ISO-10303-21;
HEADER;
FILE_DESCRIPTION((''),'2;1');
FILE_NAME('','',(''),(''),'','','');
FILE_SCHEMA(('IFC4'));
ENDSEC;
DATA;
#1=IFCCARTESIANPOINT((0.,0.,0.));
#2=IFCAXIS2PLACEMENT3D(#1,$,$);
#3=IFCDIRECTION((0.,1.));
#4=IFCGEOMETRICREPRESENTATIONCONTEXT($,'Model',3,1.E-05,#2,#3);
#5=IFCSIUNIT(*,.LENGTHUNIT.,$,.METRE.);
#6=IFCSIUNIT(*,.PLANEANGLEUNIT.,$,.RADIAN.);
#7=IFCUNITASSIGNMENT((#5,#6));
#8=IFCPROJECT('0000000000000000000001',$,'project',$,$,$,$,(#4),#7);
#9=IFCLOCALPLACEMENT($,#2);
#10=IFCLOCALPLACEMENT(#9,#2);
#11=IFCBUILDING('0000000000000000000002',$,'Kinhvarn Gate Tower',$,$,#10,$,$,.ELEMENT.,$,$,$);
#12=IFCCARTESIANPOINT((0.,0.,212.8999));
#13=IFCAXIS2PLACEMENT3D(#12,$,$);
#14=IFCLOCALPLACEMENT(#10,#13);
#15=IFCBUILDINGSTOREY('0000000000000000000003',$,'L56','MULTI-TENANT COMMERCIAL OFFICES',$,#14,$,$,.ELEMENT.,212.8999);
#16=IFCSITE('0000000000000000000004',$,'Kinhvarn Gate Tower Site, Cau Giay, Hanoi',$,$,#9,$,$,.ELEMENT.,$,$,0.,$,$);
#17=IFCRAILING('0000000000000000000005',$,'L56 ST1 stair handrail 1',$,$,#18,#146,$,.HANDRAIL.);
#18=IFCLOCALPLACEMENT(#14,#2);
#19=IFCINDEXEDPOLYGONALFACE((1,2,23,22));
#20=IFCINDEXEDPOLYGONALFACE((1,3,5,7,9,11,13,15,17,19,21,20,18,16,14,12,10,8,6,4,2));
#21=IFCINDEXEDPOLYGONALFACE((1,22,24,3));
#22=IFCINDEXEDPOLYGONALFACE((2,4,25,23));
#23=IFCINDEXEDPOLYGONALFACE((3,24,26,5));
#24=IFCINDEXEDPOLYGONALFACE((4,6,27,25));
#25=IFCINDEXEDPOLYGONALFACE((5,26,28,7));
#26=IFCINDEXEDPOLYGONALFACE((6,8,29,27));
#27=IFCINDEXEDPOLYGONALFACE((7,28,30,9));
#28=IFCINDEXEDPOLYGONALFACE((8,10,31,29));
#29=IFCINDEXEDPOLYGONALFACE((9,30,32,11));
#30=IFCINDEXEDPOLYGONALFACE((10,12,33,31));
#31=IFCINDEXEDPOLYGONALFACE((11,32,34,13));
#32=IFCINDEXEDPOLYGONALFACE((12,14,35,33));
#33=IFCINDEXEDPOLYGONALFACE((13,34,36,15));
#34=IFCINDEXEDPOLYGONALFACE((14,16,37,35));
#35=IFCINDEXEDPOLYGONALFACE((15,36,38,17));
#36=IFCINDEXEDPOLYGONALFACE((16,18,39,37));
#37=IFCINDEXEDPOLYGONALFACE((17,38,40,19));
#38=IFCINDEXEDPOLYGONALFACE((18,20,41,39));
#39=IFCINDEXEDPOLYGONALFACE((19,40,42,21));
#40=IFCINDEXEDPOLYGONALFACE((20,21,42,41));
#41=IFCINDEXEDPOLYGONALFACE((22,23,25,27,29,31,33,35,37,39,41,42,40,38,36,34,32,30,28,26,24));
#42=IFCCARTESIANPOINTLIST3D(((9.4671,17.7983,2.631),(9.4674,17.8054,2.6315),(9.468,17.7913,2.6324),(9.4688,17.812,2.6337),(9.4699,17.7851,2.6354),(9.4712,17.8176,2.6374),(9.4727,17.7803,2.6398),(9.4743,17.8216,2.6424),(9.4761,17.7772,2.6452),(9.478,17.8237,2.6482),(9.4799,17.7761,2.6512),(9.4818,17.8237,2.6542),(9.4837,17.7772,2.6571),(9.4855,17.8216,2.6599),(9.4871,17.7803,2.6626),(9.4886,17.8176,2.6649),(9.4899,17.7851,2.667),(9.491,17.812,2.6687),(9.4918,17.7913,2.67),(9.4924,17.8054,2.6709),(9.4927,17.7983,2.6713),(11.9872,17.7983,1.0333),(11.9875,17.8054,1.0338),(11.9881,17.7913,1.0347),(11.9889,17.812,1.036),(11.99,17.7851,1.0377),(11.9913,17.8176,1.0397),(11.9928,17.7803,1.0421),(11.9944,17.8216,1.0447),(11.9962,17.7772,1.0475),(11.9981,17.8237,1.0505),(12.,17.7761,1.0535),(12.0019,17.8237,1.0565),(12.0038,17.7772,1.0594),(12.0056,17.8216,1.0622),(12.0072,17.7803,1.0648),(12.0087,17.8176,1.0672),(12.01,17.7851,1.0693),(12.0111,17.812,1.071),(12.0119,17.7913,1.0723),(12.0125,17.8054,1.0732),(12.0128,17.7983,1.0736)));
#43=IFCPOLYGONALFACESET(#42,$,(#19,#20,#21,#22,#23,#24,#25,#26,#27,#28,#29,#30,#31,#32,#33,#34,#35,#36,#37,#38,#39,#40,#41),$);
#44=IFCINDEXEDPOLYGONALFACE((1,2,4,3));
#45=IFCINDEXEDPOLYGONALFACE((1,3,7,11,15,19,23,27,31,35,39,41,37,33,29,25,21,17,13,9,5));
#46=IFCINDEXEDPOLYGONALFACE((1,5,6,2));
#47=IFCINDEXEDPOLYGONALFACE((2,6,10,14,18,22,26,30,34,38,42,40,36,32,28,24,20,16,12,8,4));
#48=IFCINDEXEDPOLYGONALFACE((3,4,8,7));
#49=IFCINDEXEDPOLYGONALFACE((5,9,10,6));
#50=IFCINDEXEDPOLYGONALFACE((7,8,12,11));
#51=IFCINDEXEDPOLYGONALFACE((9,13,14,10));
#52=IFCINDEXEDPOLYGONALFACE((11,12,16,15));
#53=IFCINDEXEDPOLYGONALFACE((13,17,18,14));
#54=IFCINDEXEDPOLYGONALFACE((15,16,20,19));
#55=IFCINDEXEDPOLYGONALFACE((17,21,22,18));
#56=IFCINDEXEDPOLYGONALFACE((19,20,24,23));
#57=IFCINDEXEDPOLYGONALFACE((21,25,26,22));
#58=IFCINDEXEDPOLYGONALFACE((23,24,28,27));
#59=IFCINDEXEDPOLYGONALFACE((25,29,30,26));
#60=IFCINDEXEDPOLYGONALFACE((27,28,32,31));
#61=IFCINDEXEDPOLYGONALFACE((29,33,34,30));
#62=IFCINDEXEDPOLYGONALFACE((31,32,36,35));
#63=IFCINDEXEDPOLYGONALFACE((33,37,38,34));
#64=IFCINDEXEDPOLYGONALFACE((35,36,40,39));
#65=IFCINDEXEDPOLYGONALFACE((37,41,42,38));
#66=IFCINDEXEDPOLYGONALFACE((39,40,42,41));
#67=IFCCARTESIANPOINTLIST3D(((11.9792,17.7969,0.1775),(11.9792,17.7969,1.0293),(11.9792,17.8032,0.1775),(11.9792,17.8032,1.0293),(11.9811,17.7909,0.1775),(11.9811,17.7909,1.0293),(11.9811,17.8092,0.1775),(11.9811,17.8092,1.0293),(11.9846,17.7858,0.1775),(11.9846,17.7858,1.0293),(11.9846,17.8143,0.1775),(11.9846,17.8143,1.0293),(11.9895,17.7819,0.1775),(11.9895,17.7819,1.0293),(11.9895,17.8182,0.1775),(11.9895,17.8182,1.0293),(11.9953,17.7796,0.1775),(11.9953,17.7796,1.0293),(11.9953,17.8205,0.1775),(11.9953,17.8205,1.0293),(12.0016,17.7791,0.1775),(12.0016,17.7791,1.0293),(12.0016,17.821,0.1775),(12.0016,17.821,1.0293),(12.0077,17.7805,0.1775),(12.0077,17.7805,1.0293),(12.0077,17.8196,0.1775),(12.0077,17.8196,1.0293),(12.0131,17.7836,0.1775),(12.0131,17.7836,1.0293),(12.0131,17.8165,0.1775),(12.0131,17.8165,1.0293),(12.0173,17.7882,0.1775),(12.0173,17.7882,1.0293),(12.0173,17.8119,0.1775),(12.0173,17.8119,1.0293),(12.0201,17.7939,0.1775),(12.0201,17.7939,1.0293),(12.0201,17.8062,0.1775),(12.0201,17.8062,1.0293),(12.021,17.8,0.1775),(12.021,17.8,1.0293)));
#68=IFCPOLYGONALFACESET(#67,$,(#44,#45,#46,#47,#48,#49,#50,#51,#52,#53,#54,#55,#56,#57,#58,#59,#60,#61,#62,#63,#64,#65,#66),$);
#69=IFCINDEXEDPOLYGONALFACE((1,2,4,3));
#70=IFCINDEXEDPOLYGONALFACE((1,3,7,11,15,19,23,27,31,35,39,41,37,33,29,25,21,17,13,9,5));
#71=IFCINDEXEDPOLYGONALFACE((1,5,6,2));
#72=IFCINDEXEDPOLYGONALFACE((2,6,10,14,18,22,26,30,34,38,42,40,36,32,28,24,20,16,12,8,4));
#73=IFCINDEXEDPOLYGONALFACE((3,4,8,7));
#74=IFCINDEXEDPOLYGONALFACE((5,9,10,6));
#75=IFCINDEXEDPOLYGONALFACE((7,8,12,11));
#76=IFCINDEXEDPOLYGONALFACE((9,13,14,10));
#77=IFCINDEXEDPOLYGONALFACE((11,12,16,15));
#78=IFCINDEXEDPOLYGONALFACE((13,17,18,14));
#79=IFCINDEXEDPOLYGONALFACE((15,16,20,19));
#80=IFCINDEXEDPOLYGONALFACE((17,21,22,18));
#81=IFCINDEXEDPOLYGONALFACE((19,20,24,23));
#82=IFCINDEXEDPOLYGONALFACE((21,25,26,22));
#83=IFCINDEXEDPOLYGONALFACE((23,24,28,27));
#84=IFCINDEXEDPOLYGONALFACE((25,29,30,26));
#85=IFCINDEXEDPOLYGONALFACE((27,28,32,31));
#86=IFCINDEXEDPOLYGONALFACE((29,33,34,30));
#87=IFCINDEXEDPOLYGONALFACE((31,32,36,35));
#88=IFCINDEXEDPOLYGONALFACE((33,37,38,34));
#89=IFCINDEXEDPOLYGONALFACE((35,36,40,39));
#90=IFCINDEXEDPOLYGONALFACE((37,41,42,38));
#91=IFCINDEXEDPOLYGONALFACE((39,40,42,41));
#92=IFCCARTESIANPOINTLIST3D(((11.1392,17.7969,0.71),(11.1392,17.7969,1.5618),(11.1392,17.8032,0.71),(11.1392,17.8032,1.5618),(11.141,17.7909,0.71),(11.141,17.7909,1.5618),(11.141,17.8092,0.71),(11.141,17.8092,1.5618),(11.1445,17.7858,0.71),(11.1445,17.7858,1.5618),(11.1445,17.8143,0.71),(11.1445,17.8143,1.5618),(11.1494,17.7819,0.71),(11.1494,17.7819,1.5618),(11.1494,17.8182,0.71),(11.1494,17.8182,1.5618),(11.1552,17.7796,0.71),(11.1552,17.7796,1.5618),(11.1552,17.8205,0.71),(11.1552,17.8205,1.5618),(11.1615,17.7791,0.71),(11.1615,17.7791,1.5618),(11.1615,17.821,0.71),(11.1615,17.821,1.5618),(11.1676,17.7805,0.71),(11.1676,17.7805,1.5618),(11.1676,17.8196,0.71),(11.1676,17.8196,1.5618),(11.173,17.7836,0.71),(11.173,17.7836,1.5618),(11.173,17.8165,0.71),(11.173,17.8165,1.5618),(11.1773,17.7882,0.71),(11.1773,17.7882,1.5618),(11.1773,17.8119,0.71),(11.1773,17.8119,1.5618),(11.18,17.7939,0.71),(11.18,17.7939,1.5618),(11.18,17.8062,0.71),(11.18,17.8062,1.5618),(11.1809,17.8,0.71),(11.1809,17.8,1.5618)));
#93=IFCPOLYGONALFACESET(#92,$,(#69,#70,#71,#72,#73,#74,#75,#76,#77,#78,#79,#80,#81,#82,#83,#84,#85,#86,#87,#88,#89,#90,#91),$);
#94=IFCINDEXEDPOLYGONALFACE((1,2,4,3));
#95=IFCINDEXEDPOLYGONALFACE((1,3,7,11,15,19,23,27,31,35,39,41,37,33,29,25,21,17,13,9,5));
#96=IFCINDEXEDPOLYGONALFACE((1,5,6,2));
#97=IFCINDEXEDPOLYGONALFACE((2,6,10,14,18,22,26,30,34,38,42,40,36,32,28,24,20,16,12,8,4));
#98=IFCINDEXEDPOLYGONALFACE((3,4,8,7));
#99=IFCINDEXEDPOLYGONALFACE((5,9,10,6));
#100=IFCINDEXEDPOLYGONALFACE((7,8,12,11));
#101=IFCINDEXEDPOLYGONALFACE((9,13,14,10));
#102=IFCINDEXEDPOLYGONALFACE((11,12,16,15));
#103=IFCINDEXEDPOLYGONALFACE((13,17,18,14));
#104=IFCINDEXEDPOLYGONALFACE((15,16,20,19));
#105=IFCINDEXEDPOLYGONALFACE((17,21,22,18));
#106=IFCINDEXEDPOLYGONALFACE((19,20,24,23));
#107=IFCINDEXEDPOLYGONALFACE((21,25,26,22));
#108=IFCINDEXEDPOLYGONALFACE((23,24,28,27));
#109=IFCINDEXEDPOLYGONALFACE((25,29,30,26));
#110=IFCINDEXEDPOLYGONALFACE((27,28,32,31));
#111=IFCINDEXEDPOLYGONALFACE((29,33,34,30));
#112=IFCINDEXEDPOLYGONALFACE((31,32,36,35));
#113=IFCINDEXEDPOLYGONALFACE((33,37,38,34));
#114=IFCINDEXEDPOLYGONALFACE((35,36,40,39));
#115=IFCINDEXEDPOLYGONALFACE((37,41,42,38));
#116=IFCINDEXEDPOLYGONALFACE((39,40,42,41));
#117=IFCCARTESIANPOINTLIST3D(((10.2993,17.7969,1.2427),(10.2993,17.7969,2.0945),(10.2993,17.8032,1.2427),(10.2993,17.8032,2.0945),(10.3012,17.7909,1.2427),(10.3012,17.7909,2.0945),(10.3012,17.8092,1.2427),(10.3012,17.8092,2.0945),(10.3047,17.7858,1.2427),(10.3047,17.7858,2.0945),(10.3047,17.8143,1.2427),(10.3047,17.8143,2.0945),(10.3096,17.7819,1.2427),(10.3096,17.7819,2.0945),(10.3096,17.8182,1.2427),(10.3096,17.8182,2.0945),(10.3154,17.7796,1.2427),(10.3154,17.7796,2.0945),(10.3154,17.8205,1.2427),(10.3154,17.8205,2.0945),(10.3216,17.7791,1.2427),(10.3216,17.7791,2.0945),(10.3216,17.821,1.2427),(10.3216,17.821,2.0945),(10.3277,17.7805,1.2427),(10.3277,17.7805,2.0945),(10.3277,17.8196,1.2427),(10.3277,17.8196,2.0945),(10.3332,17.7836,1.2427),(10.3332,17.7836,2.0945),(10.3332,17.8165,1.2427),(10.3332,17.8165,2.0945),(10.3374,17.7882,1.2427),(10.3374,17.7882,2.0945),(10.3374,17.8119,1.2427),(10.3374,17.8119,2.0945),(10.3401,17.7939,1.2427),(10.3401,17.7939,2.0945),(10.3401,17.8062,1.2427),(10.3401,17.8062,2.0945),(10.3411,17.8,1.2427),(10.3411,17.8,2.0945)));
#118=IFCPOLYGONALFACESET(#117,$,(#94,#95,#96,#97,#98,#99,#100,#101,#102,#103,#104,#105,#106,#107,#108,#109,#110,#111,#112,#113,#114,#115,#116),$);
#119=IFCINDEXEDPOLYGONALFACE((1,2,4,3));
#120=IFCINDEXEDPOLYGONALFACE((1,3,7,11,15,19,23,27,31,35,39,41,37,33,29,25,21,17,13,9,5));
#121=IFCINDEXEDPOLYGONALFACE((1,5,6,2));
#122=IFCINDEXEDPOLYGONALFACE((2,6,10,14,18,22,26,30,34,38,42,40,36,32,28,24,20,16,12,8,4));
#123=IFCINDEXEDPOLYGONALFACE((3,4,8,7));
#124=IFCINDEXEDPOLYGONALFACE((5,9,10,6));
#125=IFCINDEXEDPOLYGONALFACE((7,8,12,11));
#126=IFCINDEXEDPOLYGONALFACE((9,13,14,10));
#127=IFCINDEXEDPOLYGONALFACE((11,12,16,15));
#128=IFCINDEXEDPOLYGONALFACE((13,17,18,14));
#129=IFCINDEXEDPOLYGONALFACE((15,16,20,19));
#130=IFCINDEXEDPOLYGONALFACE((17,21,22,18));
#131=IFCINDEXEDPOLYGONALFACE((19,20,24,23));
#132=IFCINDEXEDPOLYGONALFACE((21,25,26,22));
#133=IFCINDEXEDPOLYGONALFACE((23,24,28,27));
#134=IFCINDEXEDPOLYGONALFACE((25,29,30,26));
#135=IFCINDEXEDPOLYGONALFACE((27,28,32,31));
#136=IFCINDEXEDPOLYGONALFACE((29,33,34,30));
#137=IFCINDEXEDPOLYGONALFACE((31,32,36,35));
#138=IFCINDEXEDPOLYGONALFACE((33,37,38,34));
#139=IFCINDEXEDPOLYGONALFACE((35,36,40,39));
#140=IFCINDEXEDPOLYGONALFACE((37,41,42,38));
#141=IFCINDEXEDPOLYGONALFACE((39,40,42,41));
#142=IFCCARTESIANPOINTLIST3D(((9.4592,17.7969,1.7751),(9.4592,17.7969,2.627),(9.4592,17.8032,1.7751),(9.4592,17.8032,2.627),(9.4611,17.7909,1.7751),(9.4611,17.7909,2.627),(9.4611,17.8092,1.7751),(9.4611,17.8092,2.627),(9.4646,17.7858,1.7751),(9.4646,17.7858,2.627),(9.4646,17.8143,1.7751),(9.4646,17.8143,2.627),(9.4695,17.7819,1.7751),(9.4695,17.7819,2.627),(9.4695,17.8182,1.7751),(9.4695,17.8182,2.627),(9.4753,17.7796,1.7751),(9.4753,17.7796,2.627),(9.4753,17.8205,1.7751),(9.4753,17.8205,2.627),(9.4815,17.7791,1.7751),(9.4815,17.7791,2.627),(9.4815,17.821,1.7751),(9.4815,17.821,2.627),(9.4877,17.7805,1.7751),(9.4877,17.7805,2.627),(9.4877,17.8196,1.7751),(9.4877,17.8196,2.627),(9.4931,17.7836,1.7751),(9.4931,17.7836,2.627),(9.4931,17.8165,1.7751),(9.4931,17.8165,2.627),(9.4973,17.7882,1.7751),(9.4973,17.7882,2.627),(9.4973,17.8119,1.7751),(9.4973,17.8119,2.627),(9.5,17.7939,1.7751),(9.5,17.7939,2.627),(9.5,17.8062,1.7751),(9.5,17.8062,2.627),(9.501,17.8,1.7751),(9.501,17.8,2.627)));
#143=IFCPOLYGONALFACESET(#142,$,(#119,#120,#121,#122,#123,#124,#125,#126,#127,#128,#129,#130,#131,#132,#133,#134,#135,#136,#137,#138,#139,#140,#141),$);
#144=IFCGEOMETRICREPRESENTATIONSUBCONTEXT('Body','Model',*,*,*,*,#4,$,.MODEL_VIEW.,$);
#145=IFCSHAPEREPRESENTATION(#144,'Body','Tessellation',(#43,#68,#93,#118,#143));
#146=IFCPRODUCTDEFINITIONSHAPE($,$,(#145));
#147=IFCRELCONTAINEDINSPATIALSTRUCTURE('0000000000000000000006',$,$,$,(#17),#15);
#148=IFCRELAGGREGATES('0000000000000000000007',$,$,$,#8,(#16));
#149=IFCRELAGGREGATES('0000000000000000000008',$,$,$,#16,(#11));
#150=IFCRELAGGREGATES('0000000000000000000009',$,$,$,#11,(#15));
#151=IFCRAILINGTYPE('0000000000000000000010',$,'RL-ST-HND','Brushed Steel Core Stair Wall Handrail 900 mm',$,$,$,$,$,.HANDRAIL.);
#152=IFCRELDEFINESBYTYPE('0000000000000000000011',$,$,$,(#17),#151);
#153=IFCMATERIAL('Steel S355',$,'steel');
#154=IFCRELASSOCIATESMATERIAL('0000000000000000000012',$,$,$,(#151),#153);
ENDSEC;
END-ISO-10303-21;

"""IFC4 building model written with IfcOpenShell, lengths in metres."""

from ifc_helpers import new_model, si_unit, direction, frame, origin, origin_2d, place, context, subcontext, project, spatial, circle, extrude, material, type_object, element, save


model = new_model("IFC4")

# Units and contexts
model_context = context("Model", 3, precision=1e-05, world=origin(), true_north=direction((0.0, 1.0)))
body_context = subcontext(model_context, "Body", "Model", "MODEL_VIEW")
ifc_project = project(units=[si_unit("LENGTHUNIT", "METRE"), si_unit("PLANEANGLEUNIT", "RADIAN")], contexts=[model_context])

# Site, building, storey
site_placement = place(None, origin())
site = spatial("IfcSite", under=ifc_project, at=site_placement, Name="Kinhvarn Gate Tower Site, Cau Giay, Hanoi", CompositionType="ELEMENT", RefElevation=0.0)
building_placement = place(site_placement, origin())
building = spatial("IfcBuilding", under=site, at=building_placement, Name="Kinhvarn Gate Tower", CompositionType="ELEMENT")
storey_placement = place(building_placement, frame((0.0, 0.0, 212.8999)))
storey = spatial("IfcBuildingStorey", under=building, at=storey_placement, Name="L56", Description="MULTI-TENANT COMMERCIAL OFFICES", CompositionType="ELEMENT", Elevation=212.8999)

# Shared definitions
ifc_material_1 = material(Name="Steel S355", Category="steel")

# Railing
railing_type_1 = type_object("IfcRailingType", Name="RL-ST-HND", Description="Brushed Steel Core Stair Wall Handrail 900 mm", PredefinedType="HANDRAIL", material=ifc_material_1)
railing_1_placement = place(storey_placement, frame((12.0, 17.8, 0.1775)))
element("IfcRailing", 1, at=railing_1_placement, inside=storey, type_object=railing_type_1, Name="L56 ST1 stair handrail 1", PredefinedType="HANDRAIL", context=body_context, shape_type="SweptSolid", body=[
    extrude(circle(Radius=0.0239, at=origin_2d()), frame((0.0, 0.0, 0.876), z_axis=(-0.84457, 0.0, 0.535445), x_axis=(0.0, -1.0, 0.0)), (0.0, 0.0, 1.0), 2.9839),
    extrude(circle(Radius=0.021, at=origin_2d()), origin(), (0.0, 0.0, 1.0), 0.8518),
    extrude(circle(Radius=0.021, at=origin_2d()), frame((-0.8401, 0.0, 0.5325)), (0.0, 0.0, 1.0), 0.8518),
    extrude(circle(Radius=0.021, at=origin_2d()), frame((-1.6799, 0.0, 1.0652)), (0.0, 0.0, 1.0), 0.8518),
    extrude(circle(Radius=0.021, at=origin_2d()), frame((-2.52, 0.0, 1.5977)), (0.0, 0.0, 1.0), 0.8518),
])

save(model, "model.ifc")
